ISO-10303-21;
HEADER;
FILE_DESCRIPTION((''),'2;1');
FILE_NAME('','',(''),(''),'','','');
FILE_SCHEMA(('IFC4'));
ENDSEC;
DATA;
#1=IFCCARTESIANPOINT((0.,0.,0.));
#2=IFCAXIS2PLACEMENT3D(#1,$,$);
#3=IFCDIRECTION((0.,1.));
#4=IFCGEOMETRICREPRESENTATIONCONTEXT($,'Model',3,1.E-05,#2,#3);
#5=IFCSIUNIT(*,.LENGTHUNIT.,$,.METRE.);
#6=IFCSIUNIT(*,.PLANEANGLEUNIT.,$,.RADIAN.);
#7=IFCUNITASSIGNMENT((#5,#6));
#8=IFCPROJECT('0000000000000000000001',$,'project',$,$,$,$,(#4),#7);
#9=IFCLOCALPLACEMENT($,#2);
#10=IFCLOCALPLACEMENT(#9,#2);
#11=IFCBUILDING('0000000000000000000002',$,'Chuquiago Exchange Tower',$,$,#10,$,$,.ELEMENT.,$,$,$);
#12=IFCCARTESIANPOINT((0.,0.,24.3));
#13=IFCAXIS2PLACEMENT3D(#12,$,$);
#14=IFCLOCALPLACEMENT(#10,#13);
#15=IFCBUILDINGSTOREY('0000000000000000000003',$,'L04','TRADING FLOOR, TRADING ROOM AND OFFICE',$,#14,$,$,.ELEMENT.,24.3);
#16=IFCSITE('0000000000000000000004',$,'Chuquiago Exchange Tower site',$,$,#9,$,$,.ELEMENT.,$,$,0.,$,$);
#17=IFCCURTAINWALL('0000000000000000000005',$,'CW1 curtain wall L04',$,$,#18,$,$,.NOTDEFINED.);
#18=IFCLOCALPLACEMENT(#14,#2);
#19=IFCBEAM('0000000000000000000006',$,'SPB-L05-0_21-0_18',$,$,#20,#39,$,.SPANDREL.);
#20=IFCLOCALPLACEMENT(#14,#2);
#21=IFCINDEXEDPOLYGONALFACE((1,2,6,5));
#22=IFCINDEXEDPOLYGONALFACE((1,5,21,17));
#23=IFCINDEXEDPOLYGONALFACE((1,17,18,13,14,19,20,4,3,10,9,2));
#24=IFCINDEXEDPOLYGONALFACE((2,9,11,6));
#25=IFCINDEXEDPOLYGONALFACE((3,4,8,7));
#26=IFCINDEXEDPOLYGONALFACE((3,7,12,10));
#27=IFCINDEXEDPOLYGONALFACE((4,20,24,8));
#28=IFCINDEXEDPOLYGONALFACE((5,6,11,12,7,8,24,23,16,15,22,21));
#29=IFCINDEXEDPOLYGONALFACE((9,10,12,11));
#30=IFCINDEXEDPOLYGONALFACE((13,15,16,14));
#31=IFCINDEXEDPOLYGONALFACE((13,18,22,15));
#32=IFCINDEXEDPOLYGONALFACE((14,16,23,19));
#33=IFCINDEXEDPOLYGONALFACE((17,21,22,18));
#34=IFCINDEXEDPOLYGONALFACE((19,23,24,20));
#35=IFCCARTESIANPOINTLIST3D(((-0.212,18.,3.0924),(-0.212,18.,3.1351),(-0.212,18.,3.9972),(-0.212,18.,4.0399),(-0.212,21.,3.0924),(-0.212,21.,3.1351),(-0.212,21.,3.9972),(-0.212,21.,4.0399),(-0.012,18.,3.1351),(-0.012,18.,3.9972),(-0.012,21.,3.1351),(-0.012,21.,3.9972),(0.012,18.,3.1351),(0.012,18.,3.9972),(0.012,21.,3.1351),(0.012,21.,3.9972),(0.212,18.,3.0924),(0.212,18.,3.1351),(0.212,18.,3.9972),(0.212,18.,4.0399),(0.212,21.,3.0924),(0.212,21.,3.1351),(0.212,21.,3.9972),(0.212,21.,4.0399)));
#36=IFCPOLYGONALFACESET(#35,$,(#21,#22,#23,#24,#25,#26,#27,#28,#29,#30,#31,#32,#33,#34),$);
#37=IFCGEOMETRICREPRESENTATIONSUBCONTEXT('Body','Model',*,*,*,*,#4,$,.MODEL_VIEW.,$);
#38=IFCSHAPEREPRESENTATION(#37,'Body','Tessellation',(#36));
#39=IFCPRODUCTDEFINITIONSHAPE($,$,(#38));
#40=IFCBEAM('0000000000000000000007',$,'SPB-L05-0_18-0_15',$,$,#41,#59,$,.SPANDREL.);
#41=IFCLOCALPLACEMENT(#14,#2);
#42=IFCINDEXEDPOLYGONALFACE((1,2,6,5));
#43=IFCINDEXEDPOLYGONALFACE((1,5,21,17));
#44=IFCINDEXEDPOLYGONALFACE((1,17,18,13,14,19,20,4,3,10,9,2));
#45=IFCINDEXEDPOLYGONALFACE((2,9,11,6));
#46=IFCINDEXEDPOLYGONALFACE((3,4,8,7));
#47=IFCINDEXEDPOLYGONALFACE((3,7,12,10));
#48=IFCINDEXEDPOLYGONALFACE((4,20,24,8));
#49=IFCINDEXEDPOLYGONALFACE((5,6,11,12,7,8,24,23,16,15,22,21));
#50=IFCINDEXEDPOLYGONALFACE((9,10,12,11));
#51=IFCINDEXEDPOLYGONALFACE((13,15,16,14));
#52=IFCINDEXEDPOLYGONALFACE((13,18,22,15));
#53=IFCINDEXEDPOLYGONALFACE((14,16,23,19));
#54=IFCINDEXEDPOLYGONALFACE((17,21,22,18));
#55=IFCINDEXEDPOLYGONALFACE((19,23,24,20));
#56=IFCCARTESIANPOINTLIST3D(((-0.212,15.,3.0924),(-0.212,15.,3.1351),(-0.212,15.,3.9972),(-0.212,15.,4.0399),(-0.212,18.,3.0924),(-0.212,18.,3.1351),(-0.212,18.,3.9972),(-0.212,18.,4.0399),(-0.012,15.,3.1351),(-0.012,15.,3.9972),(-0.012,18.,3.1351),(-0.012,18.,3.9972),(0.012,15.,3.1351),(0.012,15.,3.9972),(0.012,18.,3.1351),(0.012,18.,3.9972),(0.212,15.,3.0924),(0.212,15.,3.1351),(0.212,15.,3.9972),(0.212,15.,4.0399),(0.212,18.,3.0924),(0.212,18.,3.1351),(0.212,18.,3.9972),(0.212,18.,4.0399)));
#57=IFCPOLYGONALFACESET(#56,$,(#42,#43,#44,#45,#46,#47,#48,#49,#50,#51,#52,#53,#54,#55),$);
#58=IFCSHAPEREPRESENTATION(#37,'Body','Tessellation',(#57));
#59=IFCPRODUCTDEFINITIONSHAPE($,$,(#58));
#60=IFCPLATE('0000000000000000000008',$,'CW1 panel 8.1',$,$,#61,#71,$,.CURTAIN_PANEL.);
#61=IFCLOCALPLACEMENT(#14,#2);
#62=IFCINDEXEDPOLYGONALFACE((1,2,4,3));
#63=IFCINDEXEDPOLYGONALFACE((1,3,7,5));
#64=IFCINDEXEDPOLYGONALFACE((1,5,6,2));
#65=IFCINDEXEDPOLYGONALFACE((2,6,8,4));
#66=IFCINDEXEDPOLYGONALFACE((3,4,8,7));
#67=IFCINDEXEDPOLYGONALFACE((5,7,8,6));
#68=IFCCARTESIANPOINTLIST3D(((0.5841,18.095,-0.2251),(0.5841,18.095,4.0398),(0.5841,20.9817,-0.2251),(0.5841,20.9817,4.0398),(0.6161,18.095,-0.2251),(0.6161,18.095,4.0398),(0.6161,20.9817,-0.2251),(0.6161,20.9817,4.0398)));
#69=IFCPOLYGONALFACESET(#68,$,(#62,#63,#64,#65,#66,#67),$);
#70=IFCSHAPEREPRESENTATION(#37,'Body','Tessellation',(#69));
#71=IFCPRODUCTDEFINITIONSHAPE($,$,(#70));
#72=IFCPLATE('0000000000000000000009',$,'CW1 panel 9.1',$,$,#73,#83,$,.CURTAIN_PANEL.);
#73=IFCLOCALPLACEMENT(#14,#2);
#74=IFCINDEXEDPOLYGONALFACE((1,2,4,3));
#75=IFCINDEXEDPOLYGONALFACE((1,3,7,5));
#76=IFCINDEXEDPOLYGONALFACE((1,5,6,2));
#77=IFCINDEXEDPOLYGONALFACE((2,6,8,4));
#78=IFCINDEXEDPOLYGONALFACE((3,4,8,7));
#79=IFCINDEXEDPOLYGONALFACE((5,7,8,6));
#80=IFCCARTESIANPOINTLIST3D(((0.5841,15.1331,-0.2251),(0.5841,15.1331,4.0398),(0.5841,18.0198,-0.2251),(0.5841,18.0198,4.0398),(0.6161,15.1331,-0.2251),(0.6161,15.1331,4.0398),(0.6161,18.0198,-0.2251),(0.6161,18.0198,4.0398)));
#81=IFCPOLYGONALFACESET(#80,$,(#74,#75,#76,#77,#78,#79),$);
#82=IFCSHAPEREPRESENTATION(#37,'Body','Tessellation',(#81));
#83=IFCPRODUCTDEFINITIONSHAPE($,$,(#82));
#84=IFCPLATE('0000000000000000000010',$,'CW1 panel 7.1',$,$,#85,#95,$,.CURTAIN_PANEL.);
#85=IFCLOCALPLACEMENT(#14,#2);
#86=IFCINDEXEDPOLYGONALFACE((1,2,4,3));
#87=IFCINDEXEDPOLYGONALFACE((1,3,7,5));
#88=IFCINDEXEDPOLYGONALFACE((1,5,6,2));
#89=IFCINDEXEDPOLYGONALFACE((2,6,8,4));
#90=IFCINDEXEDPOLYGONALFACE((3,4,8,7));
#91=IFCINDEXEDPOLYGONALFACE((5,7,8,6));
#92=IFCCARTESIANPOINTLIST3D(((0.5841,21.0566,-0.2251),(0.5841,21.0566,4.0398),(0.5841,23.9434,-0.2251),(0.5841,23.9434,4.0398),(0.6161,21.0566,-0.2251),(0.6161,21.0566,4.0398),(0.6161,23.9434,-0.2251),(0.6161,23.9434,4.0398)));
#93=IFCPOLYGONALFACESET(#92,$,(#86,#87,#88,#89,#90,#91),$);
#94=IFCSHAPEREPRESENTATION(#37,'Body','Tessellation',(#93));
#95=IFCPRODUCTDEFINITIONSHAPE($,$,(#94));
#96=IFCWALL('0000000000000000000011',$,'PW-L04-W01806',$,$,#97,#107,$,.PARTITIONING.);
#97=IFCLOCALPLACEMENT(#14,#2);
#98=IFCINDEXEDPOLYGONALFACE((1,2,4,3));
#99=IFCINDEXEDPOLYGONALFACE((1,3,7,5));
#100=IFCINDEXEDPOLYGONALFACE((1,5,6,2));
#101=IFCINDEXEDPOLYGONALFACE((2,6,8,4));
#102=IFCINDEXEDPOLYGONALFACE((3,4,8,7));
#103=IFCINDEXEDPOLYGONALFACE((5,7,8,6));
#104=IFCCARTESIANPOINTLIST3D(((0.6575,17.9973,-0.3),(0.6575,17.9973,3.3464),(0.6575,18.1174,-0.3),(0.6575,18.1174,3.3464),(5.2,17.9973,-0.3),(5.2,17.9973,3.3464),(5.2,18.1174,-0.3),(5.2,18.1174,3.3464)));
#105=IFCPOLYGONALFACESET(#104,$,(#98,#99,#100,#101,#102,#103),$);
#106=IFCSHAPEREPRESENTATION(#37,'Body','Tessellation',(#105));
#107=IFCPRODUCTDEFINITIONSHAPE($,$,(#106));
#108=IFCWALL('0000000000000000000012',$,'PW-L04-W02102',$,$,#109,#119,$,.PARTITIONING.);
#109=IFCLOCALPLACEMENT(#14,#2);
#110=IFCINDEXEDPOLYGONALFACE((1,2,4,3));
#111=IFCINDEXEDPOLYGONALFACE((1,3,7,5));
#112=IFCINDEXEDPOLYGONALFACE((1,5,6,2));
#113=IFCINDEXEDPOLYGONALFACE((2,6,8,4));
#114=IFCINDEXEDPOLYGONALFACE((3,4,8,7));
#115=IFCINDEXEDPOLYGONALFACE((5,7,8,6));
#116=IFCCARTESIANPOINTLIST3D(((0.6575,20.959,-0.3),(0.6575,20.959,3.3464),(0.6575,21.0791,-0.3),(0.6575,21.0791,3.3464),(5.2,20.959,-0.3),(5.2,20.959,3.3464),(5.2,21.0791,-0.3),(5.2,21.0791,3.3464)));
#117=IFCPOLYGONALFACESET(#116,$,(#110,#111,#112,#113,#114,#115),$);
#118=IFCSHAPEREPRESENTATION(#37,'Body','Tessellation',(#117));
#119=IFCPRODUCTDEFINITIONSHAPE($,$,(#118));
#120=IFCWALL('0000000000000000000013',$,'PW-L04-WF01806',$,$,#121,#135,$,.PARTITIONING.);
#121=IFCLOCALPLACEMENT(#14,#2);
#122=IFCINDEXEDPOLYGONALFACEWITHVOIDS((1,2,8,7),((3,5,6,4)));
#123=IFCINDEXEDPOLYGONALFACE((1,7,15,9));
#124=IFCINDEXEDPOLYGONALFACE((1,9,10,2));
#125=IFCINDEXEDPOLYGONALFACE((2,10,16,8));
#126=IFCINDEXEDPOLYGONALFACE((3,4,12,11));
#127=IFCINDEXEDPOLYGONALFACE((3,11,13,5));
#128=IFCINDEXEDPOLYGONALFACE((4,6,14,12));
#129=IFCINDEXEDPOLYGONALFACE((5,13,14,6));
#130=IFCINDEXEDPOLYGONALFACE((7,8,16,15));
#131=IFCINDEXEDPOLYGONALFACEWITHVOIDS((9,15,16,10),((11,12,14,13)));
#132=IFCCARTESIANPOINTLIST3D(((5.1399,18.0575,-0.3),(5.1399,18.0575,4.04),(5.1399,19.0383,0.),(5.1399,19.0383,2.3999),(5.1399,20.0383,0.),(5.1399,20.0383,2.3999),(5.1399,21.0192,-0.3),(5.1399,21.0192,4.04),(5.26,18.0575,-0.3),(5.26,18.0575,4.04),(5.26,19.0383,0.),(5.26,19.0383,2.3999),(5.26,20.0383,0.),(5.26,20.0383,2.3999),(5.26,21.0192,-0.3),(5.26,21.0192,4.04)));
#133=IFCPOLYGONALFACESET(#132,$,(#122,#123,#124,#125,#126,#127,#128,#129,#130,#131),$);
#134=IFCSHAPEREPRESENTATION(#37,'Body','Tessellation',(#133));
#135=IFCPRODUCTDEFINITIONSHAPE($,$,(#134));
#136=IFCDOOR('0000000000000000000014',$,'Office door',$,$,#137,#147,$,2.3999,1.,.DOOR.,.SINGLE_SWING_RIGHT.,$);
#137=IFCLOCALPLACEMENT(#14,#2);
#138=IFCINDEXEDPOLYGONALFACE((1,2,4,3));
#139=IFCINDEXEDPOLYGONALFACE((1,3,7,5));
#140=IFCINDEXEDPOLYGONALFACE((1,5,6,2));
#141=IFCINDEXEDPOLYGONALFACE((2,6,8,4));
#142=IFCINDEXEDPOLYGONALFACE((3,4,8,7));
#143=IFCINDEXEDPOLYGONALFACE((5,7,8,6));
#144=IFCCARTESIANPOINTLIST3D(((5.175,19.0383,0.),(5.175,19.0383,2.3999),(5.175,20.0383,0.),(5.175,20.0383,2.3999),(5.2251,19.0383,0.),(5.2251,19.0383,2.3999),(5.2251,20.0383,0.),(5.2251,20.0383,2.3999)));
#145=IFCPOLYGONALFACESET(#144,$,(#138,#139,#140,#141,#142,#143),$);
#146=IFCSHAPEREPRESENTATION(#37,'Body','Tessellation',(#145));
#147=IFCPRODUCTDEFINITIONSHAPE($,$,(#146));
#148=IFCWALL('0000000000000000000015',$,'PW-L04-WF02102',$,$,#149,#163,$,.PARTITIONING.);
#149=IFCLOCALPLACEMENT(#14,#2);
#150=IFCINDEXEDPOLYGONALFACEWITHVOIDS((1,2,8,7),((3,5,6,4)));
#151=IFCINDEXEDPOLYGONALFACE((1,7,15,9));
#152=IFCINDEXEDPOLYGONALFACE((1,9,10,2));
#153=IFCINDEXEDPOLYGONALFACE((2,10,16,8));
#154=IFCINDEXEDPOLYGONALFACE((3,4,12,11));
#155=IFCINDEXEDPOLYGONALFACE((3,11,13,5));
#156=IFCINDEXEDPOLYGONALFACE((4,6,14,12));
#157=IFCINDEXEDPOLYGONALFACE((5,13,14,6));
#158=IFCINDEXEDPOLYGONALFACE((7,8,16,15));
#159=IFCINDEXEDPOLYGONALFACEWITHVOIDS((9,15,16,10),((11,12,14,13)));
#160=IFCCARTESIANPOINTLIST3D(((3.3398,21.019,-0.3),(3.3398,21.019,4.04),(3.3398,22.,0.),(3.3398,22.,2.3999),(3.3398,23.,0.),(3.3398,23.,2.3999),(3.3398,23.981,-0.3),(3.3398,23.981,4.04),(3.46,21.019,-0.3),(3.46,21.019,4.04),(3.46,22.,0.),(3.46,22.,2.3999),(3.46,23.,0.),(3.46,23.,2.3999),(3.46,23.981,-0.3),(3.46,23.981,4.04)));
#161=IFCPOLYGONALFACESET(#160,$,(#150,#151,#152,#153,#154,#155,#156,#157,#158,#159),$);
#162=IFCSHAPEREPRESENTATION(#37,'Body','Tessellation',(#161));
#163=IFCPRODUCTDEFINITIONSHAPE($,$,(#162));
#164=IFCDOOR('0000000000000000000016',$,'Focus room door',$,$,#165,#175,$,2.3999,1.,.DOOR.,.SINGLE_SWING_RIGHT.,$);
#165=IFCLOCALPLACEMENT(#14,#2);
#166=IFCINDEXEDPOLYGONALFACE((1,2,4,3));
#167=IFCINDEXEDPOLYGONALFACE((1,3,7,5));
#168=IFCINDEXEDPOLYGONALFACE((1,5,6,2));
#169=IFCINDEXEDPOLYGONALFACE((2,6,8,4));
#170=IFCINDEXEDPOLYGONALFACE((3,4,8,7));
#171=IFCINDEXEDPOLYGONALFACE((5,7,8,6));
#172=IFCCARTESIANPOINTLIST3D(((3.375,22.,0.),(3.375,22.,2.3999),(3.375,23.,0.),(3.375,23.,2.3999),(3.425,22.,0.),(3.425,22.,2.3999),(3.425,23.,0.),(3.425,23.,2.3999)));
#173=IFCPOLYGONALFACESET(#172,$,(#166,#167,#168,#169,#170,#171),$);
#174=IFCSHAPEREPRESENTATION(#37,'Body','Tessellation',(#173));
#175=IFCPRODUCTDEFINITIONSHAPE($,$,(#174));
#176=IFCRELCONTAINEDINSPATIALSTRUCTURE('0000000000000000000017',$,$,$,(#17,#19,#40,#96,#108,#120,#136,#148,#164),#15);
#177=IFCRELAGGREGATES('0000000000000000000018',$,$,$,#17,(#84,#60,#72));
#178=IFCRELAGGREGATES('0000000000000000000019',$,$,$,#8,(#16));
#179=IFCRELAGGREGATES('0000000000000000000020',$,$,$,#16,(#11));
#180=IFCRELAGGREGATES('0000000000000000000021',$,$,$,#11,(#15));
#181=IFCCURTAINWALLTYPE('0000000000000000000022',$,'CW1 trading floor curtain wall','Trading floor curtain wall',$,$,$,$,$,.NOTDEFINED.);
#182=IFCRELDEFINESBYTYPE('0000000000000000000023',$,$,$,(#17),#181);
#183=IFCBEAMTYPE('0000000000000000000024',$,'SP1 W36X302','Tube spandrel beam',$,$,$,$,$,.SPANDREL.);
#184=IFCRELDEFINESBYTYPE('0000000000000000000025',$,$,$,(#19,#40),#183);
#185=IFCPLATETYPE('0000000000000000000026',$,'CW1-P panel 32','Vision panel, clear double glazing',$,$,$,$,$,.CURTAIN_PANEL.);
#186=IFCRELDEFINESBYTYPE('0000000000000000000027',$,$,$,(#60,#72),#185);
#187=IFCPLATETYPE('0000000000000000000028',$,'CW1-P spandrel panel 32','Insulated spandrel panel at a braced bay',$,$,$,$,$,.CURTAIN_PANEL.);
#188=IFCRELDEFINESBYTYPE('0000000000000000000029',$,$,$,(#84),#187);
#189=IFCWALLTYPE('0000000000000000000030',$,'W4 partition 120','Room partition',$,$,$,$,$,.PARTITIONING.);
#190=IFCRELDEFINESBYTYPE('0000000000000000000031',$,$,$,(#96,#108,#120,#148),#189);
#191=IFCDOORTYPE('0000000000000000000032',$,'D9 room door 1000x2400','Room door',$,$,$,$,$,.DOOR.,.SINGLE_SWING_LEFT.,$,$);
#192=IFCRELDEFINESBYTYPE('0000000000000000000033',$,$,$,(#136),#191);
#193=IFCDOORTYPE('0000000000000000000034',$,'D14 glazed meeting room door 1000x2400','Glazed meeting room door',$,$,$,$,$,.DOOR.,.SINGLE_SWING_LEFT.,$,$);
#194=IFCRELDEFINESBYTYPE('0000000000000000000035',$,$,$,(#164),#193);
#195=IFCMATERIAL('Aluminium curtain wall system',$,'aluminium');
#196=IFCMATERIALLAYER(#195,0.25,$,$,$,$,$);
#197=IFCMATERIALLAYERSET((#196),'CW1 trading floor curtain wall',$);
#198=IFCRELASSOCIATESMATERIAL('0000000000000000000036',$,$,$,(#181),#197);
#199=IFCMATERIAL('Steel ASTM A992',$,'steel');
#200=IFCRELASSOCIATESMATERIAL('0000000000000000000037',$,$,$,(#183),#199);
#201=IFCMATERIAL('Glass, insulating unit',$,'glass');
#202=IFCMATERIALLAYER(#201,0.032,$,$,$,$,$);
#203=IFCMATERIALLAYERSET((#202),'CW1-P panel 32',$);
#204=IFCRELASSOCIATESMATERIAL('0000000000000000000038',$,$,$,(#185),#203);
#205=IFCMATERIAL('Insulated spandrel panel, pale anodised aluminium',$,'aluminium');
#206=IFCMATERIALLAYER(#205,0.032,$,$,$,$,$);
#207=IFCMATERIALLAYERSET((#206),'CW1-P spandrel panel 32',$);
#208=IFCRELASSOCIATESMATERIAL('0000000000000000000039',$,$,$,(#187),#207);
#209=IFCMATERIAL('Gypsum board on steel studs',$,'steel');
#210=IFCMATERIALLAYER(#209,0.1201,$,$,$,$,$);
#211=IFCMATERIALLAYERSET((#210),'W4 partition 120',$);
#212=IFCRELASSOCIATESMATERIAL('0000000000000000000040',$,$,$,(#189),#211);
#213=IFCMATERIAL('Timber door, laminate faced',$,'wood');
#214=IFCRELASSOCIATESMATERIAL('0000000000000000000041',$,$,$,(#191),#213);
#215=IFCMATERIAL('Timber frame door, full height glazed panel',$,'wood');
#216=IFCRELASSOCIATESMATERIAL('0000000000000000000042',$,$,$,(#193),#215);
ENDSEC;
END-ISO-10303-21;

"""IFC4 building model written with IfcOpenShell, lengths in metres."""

from ifc_helpers import new_model, si_unit, direction, frame, frame_2d, origin, origin_2d, place, context, subcontext, project, spatial, rectangle, i_section, extrude, material, layer, layer_set, material_profile, profile_set, type_object, element, fill, aggregate, save


model = new_model("IFC4")

# Units and contexts
model_context = context("Model", 3, precision=1e-05, world=origin(), true_north=direction((0.0, 1.0)))
body_context = subcontext(model_context, "Body", "Model", "MODEL_VIEW")
ifc_project = project(units=[si_unit("LENGTHUNIT", "METRE"), si_unit("PLANEANGLEUNIT", "RADIAN")], contexts=[model_context])

# Site, building, storey
site_placement = place(None, origin())
site = spatial("IfcSite", under=ifc_project, at=site_placement, Name="Chuquiago Exchange Tower site", CompositionType="ELEMENT", RefElevation=0.0)
building_placement = place(site_placement, origin())
building = spatial("IfcBuilding", under=site, at=building_placement, Name="Chuquiago Exchange Tower", CompositionType="ELEMENT")
storey_placement = place(building_placement, frame((0.0, 0.0, 24.3)))
storey = spatial("IfcBuildingStorey", under=building, at=storey_placement, Name="L04", Description="TRADING FLOOR, TRADING ROOM AND OFFICE", CompositionType="ELEMENT", Elevation=24.3)

# Curtain wall
ifc_material_1 = material(Name="Aluminium curtain wall system", Category="aluminium")
ifc_layer_1 = layer(ifc_material_1, 0.25)
ifc_layer_set_1 = layer_set([ifc_layer_1], Name="CW1 trading floor curtain wall")
curtain_wall_type = type_object("IfcCurtainWallType", Name="CW1 trading floor curtain wall", Description="Trading floor curtain wall", PredefinedType="NOTDEFINED", material=ifc_layer_set_1)
curtain_wall_placement = place(storey_placement, origin())
curtain_wall = element("IfcCurtainWall", 1, at=curtain_wall_placement, inside=storey, type_object=curtain_wall_type, Name="CW1 curtain wall L04", PredefinedType="NOTDEFINED")

# Beams
ifc_material_2 = material(Name="Steel ASTM A992", Category="steel")
ifc_material_profile_1 = material_profile(ifc_material_2, i_section(OverallWidth=0.4241, OverallDepth=0.9475, WebThickness=0.0239, FlangeThickness=0.0427, at=origin_2d()), Name="W36X302")
ifc_profile_set_1 = profile_set([ifc_material_profile_1], Name="Steel ASTM A992")
beam_type_1 = type_object("IfcBeamType", Name="SP1 W36X302", Description="Tube spandrel beam", PredefinedType="SPANDREL", material=ifc_profile_set_1)
for number, where, z_axis, x_axis, name in (
    (2, (0.0, 21.0, 3.5662), (0.0, -1.0, 0.0), (1.0, 0.0, 0.0), "SPB-L05-0_21-0_18"),
    (3, (0.0, 18.0, 3.5662), (0.0, -1.0, 0.0), (1.0, 0.0, 0.0), "SPB-L05-0_18-0_15"),
):
    element("IfcBeam", number, at=place(storey_placement, frame(where, z_axis=z_axis, x_axis=x_axis)), inside=storey, type_object=beam_type_1, Name=name, PredefinedType="SPANDREL", context=body_context, shape_type="SweptSolid", body=[
        extrude(i_section(OverallWidth=0.4241, OverallDepth=0.9475, WebThickness=0.0239, FlangeThickness=0.0427, at=origin_2d()), origin(), (0.0, 0.0, 1.0), 3.0),
    ])

# Plates
ifc_material_3 = material(Name="Glass, insulating unit", Category="glass")
ifc_layer_2 = layer(ifc_material_3, 0.032)
ifc_layer_set_2 = layer_set([ifc_layer_2], Name="CW1-P panel 32")
plate_type_1 = type_object("IfcPlateType", Name="CW1-P panel 32", Description="Vision panel, clear double glazing", PredefinedType="CURTAIN_PANEL", material=ifc_layer_set_2)
plate_1_placement = place(storey_placement, frame((0.6001, 19.5383, -0.2251), z_axis=(0.0, 0.0, 1.0), x_axis=(0.0, -1.0, 0.0)))
plate_1 = element("IfcPlate", 4, at=plate_1_placement, type_object=plate_type_1, Name="CW1 panel 8.1", PredefinedType="CURTAIN_PANEL", context=body_context, shape_type="SweptSolid", body=[
    extrude(rectangle(XDim=2.8867, YDim=0.032, at=origin_2d()), origin(), (0.0, 0.0, 1.0), 4.2649),
])
plate_2_placement = place(storey_placement, frame((0.6001, 16.5764, -0.2251), z_axis=(0.0, 0.0, 1.0), x_axis=(0.0, -1.0, 0.0)))
plate_2 = element("IfcPlate", 5, at=plate_2_placement, type_object=plate_type_1, Name="CW1 panel 9.1", PredefinedType="CURTAIN_PANEL", context=body_context, shape_type="SweptSolid", body=[
    extrude(rectangle(XDim=2.8867, YDim=0.032, at=origin_2d()), origin(), (0.0, 0.0, 1.0), 4.2649),
])
ifc_material_4 = material(Name="Insulated spandrel panel, pale anodised aluminium", Category="aluminium")
ifc_layer_3 = layer(ifc_material_4, 0.032)
ifc_layer_set_3 = layer_set([ifc_layer_3], Name="CW1-P spandrel panel 32")
plate_type_2 = type_object("IfcPlateType", Name="CW1-P spandrel panel 32", Description="Insulated spandrel panel at a braced bay", PredefinedType="CURTAIN_PANEL", material=ifc_layer_set_3)
plate_3_placement = place(storey_placement, frame((0.6001, 22.5, -0.2251), z_axis=(0.0, 0.0, 1.0), x_axis=(0.0, -1.0, 0.0)))
plate_3 = element("IfcPlate", 6, at=plate_3_placement, type_object=plate_type_2, Name="CW1 panel 7.1", PredefinedType="CURTAIN_PANEL", context=body_context, shape_type="SweptSolid", body=[
    extrude(rectangle(XDim=2.8867, YDim=0.032, at=origin_2d()), origin(), (0.0, 0.0, 1.0), 4.2649),
])
aggregate(curtain_wall, [plate_3, plate_1, plate_2])

# Walls
ifc_material_5 = material(Name="Gypsum board on steel studs", Category="steel")
ifc_layer_4 = layer(ifc_material_5, 0.1201)
ifc_layer_set_4 = layer_set([ifc_layer_4], Name="W4 partition 120")
wall_type = type_object("IfcWallType", Name="W4 partition 120", Description="Room partition", PredefinedType="PARTITIONING", material=ifc_layer_set_4)
for number, where, z_axis, x_axis, name in (
    (7, (0.6575, 18.0574, -0.3), (0.0, 0.0, 1.0), (1.0, 0.0, 0.0), "PW-L04-W01806"),
    (8, (0.6575, 21.019, -0.3), (0.0, 0.0, 1.0), (1.0, 0.0, 0.0), "PW-L04-W02102"),
):
    element("IfcWall", number, at=place(storey_placement, frame(where, z_axis=z_axis, x_axis=x_axis)), inside=storey, type_object=wall_type, Name=name, PredefinedType="PARTITIONING", context=body_context, shape_type="SweptSolid", body=[
        extrude(rectangle(XDim=4.5425, YDim=0.1201, at=frame_2d((2.2712, 0.0))), origin(), (0.0, 0.0, 1.0), 3.6465),
    ])

# Walls, openings, doors
wall_1_placement = place(storey_placement, frame((5.2, 18.0574, -0.3), z_axis=(0.0, 0.0, 1.0), x_axis=(0.0, 1.0, 0.0)))
wall_1 = element("IfcWall", 9, at=wall_1_placement, inside=storey, type_object=wall_type, Name="PW-L04-WF01806", PredefinedType="PARTITIONING", context=body_context, shape_type="SweptSolid", body=[
    extrude(rectangle(XDim=2.9617, YDim=0.1201, at=frame_2d((1.481, 0.0))), origin(), (0.0, 0.0, 1.0), 4.3401),
])
opening_1_placement = place(wall_1_placement, frame((0.981, 0.0, 0.3)))
opening_1 = element("IfcOpeningElement", 10, at=opening_1_placement, cuts=wall_1, PredefinedType="OPENING", context=body_context, shape_type="SweptSolid", body=[
    extrude(rectangle(XDim=1.0, YDim=2.3999, at=frame_2d((0.5, 1.2))), frame((0.0, 0.0701, 0.0), z_axis=(0.0, -1.0, 0.0), x_axis=(1.0, 0.0, 0.0)), (0.0, 0.0, 1.0), 0.1401),
])
ifc_material_6 = material(Name="Timber door, laminate faced", Category="wood")
door_type_1 = type_object("IfcDoorType", Name="D9 room door 1000x2400", Description="Room door", OperationType="SINGLE_SWING_LEFT", PredefinedType="DOOR", material=ifc_material_6)
door_1_placement = place(opening_1_placement, origin())
door_1 = element("IfcDoor", 11, at=door_1_placement, inside=storey, type_object=door_type_1, Name="Office door", OperationType="SINGLE_SWING_RIGHT", OverallHeight=2.3999, OverallWidth=1.0, PredefinedType="DOOR", context=body_context, shape_type="SweptSolid", body=[
    extrude(rectangle(XDim=1.0, YDim=2.3999, at=frame_2d((0.5, 1.2))), frame((0.0, 0.0249, 0.0), z_axis=(0.0, -1.0, 0.0), x_axis=(1.0, 0.0, 0.0)), (0.0, 0.0, 1.0), 0.05),
])
fill(opening_1, door_1)
wall_2_placement = place(storey_placement, frame((3.3999, 21.019, -0.3), z_axis=(0.0, 0.0, 1.0), x_axis=(0.0, 1.0, 0.0)))
wall_2 = element("IfcWall", 12, at=wall_2_placement, inside=storey, type_object=wall_type, Name="PW-L04-WF02102", PredefinedType="PARTITIONING", context=body_context, shape_type="SweptSolid", body=[
    extrude(rectangle(XDim=2.9619, YDim=0.1201, at=frame_2d((1.481, 0.0))), origin(), (0.0, 0.0, 1.0), 4.3401),
])
opening_2_placement = place(wall_2_placement, frame((0.981, 0.0, 0.3)))
opening_2 = element("IfcOpeningElement", 13, at=opening_2_placement, cuts=wall_2, PredefinedType="OPENING", context=body_context, shape_type="SweptSolid", body=[
    extrude(rectangle(XDim=1.0, YDim=2.3999, at=frame_2d((0.5, 1.2))), frame((0.0, 0.0701, 0.0), z_axis=(0.0, -1.0, 0.0), x_axis=(1.0, 0.0, 0.0)), (0.0, 0.0, 1.0), 0.1401),
])
ifc_material_7 = material(Name="Timber frame door, full height glazed panel", Category="wood")
door_type_2 = type_object("IfcDoorType", Name="D14 glazed meeting room door 1000x2400", Description="Glazed meeting room door", OperationType="SINGLE_SWING_LEFT", PredefinedType="DOOR", material=ifc_material_7)
door_2_placement = place(opening_2_placement, origin())
door_2 = element("IfcDoor", 14, at=door_2_placement, inside=storey, type_object=door_type_2, Name="Focus room door", OperationType="SINGLE_SWING_RIGHT", OverallHeight=2.3999, OverallWidth=1.0, PredefinedType="DOOR", context=body_context, shape_type="SweptSolid", body=[
    extrude(rectangle(XDim=1.0, YDim=2.3999, at=frame_2d((0.5, 1.2))), frame((0.0, 0.0249, 0.0), z_axis=(0.0, -1.0, 0.0), x_axis=(1.0, 0.0, 0.0)), (0.0, 0.0, 1.0), 0.05),
])
fill(opening_2, door_2)

save(model, "model.ifc")
